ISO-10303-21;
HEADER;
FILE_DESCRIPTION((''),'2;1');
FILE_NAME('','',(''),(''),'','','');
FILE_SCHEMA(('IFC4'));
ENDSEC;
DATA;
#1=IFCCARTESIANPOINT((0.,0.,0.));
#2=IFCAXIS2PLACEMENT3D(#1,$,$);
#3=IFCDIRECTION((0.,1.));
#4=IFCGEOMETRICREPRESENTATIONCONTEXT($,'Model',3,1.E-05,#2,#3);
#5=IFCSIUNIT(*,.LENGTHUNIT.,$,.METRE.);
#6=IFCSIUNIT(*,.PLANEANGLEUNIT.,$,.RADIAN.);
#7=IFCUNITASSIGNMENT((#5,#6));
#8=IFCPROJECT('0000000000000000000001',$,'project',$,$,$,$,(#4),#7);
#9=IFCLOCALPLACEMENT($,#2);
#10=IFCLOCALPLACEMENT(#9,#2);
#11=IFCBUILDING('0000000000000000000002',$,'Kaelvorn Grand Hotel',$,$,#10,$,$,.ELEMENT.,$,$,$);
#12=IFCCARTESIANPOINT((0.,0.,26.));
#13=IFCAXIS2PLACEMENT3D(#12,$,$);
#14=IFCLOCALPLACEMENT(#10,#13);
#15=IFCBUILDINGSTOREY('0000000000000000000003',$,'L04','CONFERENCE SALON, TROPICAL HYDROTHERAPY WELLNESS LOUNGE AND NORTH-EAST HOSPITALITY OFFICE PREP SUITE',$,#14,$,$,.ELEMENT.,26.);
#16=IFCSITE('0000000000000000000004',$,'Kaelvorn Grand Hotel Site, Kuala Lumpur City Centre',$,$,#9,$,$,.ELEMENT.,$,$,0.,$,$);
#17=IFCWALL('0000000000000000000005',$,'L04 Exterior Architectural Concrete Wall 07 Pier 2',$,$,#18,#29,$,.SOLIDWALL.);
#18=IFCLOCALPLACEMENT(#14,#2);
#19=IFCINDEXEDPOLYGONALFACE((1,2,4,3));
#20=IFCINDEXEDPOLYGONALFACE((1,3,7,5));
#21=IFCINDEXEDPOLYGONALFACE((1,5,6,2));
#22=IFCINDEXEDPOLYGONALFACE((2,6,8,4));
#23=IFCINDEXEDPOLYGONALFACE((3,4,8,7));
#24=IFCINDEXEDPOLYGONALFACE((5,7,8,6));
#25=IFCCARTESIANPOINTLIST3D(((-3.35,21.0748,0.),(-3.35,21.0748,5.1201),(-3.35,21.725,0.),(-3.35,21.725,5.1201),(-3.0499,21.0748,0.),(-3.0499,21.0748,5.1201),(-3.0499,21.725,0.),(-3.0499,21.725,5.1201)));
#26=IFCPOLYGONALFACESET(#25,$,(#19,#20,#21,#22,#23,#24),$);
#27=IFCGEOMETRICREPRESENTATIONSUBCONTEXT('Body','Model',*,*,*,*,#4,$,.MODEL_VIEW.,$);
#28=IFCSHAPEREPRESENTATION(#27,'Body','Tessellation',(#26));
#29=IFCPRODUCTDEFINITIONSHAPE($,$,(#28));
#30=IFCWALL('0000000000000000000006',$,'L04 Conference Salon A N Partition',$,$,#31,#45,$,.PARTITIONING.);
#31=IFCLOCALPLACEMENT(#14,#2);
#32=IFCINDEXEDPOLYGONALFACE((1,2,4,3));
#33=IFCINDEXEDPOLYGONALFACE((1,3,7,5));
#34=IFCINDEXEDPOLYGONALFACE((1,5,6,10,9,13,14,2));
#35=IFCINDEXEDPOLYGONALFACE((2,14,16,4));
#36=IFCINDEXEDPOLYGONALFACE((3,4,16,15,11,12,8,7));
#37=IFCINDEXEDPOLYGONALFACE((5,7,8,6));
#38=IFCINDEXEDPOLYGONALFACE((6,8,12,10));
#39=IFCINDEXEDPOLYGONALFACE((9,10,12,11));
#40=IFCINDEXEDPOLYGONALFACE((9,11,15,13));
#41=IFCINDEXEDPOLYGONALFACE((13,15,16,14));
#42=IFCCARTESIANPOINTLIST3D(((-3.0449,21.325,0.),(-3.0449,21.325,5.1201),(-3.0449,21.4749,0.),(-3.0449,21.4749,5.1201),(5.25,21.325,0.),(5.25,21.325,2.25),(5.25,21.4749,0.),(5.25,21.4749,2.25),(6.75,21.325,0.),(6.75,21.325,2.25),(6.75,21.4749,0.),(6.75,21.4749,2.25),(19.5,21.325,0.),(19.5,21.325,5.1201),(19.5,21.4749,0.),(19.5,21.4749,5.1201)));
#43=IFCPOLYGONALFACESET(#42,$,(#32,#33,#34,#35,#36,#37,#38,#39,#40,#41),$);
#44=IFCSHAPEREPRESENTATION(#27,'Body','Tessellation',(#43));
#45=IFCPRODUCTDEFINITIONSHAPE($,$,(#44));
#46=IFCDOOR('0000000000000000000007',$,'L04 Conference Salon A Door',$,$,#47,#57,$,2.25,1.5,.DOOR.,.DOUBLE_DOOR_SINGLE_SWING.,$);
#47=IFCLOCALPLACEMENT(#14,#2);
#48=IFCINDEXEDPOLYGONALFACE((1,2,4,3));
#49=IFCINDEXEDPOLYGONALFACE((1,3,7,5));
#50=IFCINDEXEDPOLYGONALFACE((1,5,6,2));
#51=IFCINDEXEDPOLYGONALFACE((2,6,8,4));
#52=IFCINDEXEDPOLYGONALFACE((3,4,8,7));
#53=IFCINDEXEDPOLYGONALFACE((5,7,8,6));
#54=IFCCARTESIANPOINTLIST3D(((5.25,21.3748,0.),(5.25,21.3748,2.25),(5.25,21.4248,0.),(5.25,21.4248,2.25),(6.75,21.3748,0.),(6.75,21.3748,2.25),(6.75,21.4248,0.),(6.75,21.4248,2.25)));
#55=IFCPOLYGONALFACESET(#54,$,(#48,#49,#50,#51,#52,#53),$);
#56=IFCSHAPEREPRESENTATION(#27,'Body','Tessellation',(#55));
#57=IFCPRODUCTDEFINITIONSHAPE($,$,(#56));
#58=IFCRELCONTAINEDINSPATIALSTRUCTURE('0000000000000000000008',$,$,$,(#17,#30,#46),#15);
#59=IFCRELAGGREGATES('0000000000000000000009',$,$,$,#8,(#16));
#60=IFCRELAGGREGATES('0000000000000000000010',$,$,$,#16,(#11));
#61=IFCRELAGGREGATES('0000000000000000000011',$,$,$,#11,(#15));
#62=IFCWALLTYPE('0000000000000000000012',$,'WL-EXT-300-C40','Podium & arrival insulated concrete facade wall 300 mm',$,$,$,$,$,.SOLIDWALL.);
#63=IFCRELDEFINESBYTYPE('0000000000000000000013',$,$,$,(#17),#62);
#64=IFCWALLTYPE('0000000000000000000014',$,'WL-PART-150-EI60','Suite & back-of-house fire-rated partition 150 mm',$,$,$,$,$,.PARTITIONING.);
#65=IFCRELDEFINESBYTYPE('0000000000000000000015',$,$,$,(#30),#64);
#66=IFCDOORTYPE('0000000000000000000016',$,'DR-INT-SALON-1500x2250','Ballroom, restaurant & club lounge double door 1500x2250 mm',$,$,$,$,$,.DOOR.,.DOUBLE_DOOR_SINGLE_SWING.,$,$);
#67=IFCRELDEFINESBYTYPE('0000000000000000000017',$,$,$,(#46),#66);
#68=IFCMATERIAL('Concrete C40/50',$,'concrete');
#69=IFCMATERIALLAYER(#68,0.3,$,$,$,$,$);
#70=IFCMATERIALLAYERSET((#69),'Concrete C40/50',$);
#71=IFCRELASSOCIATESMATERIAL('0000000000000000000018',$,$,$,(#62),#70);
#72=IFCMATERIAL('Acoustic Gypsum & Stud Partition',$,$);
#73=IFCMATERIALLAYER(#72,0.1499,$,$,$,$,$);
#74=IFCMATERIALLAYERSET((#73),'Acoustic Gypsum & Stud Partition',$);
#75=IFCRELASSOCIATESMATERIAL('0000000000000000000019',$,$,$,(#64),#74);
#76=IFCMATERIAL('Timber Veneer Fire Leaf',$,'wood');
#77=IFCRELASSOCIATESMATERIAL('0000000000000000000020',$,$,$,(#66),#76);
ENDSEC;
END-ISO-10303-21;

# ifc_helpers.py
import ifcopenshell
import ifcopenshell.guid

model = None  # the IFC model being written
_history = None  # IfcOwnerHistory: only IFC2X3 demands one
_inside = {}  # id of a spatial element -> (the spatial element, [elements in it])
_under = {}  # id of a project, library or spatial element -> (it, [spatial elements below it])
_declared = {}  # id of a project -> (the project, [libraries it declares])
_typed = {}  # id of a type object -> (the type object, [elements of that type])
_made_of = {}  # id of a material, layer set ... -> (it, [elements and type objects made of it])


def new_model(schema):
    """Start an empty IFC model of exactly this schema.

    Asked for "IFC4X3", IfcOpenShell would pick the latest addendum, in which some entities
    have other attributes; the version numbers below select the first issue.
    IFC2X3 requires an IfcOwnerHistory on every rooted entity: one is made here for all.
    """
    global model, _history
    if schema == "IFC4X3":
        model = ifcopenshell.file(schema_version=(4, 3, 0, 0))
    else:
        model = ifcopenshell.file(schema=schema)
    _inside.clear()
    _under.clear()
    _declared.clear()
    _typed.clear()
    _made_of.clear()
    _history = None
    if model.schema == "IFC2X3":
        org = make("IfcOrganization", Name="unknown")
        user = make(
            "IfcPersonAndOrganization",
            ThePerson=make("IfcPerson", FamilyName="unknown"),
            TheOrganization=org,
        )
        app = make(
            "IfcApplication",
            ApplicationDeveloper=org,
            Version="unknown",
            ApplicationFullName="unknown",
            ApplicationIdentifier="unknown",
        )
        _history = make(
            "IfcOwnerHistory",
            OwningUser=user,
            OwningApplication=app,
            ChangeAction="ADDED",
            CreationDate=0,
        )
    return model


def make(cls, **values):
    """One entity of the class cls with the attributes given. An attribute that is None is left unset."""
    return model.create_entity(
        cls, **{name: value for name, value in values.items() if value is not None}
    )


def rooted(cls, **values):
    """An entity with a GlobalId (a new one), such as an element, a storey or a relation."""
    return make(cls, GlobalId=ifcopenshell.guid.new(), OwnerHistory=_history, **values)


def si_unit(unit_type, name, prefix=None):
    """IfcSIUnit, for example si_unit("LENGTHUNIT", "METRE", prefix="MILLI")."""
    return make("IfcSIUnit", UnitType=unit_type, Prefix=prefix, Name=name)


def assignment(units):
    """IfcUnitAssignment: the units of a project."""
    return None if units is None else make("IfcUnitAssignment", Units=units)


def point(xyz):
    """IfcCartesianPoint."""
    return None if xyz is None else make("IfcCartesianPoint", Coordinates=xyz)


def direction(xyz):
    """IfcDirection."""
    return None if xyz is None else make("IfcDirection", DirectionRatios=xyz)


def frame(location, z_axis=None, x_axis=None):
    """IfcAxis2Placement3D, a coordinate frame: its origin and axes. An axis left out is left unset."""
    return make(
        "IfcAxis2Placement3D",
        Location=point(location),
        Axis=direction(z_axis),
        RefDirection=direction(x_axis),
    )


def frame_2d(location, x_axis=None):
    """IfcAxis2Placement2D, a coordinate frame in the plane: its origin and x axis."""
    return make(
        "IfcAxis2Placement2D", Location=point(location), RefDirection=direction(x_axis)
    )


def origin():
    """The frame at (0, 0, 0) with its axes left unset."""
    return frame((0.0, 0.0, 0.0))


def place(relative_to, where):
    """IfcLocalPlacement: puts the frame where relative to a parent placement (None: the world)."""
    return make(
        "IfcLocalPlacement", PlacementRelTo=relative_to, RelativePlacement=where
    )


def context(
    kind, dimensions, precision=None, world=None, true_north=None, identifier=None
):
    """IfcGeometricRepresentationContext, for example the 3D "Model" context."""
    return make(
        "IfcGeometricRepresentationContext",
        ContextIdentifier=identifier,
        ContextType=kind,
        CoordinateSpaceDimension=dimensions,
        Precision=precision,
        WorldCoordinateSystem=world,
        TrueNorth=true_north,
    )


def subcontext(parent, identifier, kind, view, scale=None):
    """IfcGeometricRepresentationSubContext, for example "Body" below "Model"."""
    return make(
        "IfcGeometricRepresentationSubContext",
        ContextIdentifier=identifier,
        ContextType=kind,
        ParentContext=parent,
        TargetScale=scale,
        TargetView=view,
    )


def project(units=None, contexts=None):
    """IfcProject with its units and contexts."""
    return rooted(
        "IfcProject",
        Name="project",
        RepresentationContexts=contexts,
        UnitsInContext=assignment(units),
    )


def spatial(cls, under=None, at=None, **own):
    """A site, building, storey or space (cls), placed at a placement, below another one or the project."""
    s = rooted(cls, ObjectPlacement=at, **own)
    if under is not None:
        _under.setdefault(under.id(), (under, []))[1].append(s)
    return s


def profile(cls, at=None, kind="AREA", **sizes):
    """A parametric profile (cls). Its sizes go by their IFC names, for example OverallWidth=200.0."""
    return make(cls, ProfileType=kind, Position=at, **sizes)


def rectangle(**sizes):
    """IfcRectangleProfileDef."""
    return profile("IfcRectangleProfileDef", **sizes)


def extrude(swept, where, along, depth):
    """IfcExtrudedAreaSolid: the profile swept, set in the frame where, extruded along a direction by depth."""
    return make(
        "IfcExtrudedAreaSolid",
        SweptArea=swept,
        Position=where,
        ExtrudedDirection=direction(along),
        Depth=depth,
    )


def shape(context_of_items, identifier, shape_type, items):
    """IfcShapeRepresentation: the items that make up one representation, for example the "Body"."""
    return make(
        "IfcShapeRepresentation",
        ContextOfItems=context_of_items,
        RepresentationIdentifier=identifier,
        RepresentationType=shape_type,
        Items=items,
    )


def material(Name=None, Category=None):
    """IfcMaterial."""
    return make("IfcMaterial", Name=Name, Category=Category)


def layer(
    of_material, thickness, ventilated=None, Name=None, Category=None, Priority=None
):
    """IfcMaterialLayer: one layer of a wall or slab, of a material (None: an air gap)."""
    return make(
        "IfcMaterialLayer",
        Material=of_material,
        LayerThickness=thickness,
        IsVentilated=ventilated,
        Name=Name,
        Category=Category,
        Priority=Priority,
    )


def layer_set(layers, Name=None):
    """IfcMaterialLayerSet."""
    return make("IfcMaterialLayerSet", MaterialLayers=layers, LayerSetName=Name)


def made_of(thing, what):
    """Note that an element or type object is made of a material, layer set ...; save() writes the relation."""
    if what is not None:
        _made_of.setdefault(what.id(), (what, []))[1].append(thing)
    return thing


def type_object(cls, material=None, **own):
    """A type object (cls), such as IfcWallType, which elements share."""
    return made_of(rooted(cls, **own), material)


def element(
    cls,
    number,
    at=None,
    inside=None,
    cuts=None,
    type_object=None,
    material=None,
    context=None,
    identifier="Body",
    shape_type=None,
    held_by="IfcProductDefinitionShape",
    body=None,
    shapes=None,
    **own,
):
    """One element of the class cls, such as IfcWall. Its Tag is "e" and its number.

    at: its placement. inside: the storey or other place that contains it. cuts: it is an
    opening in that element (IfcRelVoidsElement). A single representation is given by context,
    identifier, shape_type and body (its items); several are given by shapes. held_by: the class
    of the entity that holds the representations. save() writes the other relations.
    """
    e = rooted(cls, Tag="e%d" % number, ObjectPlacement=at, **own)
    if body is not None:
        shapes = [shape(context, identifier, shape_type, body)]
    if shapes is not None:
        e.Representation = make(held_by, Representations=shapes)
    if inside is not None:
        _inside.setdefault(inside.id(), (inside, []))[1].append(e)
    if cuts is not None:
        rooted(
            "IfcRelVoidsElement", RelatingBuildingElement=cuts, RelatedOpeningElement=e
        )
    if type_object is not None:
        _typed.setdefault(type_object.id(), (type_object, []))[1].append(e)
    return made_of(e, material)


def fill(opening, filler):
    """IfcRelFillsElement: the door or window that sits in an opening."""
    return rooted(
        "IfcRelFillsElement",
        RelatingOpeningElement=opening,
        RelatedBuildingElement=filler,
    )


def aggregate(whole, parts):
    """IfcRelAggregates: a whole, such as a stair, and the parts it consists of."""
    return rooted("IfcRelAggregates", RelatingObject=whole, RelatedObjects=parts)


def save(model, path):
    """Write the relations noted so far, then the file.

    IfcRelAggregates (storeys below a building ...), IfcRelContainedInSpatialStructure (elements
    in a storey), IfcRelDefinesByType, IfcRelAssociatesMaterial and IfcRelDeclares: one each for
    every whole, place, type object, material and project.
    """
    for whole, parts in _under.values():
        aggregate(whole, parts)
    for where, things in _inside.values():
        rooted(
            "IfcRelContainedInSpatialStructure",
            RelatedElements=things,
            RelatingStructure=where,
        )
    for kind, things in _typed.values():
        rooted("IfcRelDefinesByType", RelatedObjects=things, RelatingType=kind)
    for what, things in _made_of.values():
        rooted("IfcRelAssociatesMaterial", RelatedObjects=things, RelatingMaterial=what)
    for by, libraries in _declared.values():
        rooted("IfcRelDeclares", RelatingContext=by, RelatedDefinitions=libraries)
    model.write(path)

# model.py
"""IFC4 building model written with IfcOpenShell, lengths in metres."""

from ifc_helpers import new_model, si_unit, direction, frame, frame_2d, origin, place, context, subcontext, project, spatial, rectangle, extrude, material, layer, layer_set, type_object, element, fill, save


model = new_model("IFC4")

# Units and contexts
model_context = context("Model", 3, precision=1e-05, world=origin(), true_north=direction((0.0, 1.0)))
body_context = subcontext(model_context, "Body", "Model", "MODEL_VIEW")
ifc_project = project(units=[si_unit("LENGTHUNIT", "METRE"), si_unit("PLANEANGLEUNIT", "RADIAN")], contexts=[model_context])

# Site, building, storey
site_placement = place(None, origin())
site = spatial("IfcSite", under=ifc_project, at=site_placement, Name="Kaelvorn Grand Hotel Site, Kuala Lumpur City Centre", CompositionType="ELEMENT", RefElevation=0.0)
building_placement = place(site_placement, origin())
building = spatial("IfcBuilding", under=site, at=building_placement, Name="Kaelvorn Grand Hotel", CompositionType="ELEMENT")
storey_placement = place(building_placement, frame((0.0, 0.0, 26.0)))
storey = spatial("IfcBuildingStorey", under=building, at=storey_placement, Name="L04", Description="CONFERENCE SALON, TROPICAL HYDROTHERAPY WELLNESS LOUNGE AND NORTH-EAST HOSPITALITY OFFICE PREP SUITE", CompositionType="ELEMENT", Elevation=26.0)

# Wall
ifc_material_1 = material(Name="Concrete C40/50", Category="concrete")
ifc_layer_1 = layer(ifc_material_1, 0.3)
ifc_layer_set_1 = layer_set([ifc_layer_1], Name="Concrete C40/50")
wall_type_1 = type_object("IfcWallType", Name="WL-EXT-300-C40", Description="Podium & arrival insulated concrete facade wall 300 mm", PredefinedType="SOLIDWALL", material=ifc_layer_set_1)
wall_1_placement = place(storey_placement, frame((-3.2, 21.7251, 0.0), z_axis=(0.0, 0.0, 1.0), x_axis=(0.0, -1.0, 0.0)))
element("IfcWall", 1, at=wall_1_placement, inside=storey, type_object=wall_type_1, Name="L04 Exterior Architectural Concrete Wall 07 Pier 2", PredefinedType="SOLIDWALL", context=body_context, shape_type="SweptSolid", body=[
    extrude(rectangle(XDim=0.6501, YDim=0.3, at=frame_2d((0.3252, 0.0))), origin(), (0.0, 0.0, 1.0), 5.1201),
])

# Wall, opening, door
ifc_material_2 = material(Name="Acoustic Gypsum & Stud Partition")
ifc_layer_2 = layer(ifc_material_2, 0.1499)
ifc_layer_set_2 = layer_set([ifc_layer_2], Name="Acoustic Gypsum & Stud Partition")
wall_type_2 = type_object("IfcWallType", Name="WL-PART-150-EI60", Description="Suite & back-of-house fire-rated partition 150 mm", PredefinedType="PARTITIONING", material=ifc_layer_set_2)
wall_2_placement = place(storey_placement, frame((-3.0449, 21.3999, 0.0), z_axis=(0.0, 0.0, 1.0), x_axis=(1.0, 0.0, 0.0)))
wall_2 = element("IfcWall", 2, at=wall_2_placement, inside=storey, type_object=wall_type_2, Name="L04 Conference Salon A N Partition", PredefinedType="PARTITIONING", context=body_context, shape_type="SweptSolid", body=[
    extrude(rectangle(XDim=22.5449, YDim=0.1499, at=frame_2d((11.2725, 0.0))), origin(), (0.0, 0.0, 1.0), 5.1201),
])
opening_placement = place(wall_2_placement, frame((8.2949, 0.0, 0.0)))
opening = element("IfcOpeningElement", 3, at=opening_placement, cuts=wall_2, PredefinedType="OPENING", context=body_context, shape_type="SweptSolid", body=[
    extrude(rectangle(XDim=1.5, YDim=2.25, at=frame_2d((0.75, 1.125))), frame((0.0, 0.085, 0.0), z_axis=(0.0, -1.0, 0.0), x_axis=(1.0, 0.0, 0.0)), (0.0, 0.0, 1.0), 0.1699),
])
ifc_material_3 = material(Name="Timber Veneer Fire Leaf", Category="wood")
door_type = type_object("IfcDoorType", Name="DR-INT-SALON-1500x2250", Description="Ballroom, restaurant & club lounge double door 1500x2250 mm", OperationType="DOUBLE_DOOR_SINGLE_SWING", PredefinedType="DOOR", material=ifc_material_3)
door_placement = place(opening_placement, origin())
door = element("IfcDoor", 4, at=door_placement, inside=storey, type_object=door_type, Name="L04 Conference Salon A Door", OperationType="DOUBLE_DOOR_SINGLE_SWING", OverallHeight=2.25, OverallWidth=1.5, PredefinedType="DOOR", context=body_context, shape_type="SweptSolid", body=[
    extrude(rectangle(XDim=1.5, YDim=2.25, at=frame_2d((0.75, 1.125))), frame((0.0, 0.0249, 0.0), z_axis=(0.0, -1.0, 0.0), x_axis=(1.0, 0.0, 0.0)), (0.0, 0.0, 1.0), 0.05),
])
fill(opening, door)

save(model, "model.ifc")
